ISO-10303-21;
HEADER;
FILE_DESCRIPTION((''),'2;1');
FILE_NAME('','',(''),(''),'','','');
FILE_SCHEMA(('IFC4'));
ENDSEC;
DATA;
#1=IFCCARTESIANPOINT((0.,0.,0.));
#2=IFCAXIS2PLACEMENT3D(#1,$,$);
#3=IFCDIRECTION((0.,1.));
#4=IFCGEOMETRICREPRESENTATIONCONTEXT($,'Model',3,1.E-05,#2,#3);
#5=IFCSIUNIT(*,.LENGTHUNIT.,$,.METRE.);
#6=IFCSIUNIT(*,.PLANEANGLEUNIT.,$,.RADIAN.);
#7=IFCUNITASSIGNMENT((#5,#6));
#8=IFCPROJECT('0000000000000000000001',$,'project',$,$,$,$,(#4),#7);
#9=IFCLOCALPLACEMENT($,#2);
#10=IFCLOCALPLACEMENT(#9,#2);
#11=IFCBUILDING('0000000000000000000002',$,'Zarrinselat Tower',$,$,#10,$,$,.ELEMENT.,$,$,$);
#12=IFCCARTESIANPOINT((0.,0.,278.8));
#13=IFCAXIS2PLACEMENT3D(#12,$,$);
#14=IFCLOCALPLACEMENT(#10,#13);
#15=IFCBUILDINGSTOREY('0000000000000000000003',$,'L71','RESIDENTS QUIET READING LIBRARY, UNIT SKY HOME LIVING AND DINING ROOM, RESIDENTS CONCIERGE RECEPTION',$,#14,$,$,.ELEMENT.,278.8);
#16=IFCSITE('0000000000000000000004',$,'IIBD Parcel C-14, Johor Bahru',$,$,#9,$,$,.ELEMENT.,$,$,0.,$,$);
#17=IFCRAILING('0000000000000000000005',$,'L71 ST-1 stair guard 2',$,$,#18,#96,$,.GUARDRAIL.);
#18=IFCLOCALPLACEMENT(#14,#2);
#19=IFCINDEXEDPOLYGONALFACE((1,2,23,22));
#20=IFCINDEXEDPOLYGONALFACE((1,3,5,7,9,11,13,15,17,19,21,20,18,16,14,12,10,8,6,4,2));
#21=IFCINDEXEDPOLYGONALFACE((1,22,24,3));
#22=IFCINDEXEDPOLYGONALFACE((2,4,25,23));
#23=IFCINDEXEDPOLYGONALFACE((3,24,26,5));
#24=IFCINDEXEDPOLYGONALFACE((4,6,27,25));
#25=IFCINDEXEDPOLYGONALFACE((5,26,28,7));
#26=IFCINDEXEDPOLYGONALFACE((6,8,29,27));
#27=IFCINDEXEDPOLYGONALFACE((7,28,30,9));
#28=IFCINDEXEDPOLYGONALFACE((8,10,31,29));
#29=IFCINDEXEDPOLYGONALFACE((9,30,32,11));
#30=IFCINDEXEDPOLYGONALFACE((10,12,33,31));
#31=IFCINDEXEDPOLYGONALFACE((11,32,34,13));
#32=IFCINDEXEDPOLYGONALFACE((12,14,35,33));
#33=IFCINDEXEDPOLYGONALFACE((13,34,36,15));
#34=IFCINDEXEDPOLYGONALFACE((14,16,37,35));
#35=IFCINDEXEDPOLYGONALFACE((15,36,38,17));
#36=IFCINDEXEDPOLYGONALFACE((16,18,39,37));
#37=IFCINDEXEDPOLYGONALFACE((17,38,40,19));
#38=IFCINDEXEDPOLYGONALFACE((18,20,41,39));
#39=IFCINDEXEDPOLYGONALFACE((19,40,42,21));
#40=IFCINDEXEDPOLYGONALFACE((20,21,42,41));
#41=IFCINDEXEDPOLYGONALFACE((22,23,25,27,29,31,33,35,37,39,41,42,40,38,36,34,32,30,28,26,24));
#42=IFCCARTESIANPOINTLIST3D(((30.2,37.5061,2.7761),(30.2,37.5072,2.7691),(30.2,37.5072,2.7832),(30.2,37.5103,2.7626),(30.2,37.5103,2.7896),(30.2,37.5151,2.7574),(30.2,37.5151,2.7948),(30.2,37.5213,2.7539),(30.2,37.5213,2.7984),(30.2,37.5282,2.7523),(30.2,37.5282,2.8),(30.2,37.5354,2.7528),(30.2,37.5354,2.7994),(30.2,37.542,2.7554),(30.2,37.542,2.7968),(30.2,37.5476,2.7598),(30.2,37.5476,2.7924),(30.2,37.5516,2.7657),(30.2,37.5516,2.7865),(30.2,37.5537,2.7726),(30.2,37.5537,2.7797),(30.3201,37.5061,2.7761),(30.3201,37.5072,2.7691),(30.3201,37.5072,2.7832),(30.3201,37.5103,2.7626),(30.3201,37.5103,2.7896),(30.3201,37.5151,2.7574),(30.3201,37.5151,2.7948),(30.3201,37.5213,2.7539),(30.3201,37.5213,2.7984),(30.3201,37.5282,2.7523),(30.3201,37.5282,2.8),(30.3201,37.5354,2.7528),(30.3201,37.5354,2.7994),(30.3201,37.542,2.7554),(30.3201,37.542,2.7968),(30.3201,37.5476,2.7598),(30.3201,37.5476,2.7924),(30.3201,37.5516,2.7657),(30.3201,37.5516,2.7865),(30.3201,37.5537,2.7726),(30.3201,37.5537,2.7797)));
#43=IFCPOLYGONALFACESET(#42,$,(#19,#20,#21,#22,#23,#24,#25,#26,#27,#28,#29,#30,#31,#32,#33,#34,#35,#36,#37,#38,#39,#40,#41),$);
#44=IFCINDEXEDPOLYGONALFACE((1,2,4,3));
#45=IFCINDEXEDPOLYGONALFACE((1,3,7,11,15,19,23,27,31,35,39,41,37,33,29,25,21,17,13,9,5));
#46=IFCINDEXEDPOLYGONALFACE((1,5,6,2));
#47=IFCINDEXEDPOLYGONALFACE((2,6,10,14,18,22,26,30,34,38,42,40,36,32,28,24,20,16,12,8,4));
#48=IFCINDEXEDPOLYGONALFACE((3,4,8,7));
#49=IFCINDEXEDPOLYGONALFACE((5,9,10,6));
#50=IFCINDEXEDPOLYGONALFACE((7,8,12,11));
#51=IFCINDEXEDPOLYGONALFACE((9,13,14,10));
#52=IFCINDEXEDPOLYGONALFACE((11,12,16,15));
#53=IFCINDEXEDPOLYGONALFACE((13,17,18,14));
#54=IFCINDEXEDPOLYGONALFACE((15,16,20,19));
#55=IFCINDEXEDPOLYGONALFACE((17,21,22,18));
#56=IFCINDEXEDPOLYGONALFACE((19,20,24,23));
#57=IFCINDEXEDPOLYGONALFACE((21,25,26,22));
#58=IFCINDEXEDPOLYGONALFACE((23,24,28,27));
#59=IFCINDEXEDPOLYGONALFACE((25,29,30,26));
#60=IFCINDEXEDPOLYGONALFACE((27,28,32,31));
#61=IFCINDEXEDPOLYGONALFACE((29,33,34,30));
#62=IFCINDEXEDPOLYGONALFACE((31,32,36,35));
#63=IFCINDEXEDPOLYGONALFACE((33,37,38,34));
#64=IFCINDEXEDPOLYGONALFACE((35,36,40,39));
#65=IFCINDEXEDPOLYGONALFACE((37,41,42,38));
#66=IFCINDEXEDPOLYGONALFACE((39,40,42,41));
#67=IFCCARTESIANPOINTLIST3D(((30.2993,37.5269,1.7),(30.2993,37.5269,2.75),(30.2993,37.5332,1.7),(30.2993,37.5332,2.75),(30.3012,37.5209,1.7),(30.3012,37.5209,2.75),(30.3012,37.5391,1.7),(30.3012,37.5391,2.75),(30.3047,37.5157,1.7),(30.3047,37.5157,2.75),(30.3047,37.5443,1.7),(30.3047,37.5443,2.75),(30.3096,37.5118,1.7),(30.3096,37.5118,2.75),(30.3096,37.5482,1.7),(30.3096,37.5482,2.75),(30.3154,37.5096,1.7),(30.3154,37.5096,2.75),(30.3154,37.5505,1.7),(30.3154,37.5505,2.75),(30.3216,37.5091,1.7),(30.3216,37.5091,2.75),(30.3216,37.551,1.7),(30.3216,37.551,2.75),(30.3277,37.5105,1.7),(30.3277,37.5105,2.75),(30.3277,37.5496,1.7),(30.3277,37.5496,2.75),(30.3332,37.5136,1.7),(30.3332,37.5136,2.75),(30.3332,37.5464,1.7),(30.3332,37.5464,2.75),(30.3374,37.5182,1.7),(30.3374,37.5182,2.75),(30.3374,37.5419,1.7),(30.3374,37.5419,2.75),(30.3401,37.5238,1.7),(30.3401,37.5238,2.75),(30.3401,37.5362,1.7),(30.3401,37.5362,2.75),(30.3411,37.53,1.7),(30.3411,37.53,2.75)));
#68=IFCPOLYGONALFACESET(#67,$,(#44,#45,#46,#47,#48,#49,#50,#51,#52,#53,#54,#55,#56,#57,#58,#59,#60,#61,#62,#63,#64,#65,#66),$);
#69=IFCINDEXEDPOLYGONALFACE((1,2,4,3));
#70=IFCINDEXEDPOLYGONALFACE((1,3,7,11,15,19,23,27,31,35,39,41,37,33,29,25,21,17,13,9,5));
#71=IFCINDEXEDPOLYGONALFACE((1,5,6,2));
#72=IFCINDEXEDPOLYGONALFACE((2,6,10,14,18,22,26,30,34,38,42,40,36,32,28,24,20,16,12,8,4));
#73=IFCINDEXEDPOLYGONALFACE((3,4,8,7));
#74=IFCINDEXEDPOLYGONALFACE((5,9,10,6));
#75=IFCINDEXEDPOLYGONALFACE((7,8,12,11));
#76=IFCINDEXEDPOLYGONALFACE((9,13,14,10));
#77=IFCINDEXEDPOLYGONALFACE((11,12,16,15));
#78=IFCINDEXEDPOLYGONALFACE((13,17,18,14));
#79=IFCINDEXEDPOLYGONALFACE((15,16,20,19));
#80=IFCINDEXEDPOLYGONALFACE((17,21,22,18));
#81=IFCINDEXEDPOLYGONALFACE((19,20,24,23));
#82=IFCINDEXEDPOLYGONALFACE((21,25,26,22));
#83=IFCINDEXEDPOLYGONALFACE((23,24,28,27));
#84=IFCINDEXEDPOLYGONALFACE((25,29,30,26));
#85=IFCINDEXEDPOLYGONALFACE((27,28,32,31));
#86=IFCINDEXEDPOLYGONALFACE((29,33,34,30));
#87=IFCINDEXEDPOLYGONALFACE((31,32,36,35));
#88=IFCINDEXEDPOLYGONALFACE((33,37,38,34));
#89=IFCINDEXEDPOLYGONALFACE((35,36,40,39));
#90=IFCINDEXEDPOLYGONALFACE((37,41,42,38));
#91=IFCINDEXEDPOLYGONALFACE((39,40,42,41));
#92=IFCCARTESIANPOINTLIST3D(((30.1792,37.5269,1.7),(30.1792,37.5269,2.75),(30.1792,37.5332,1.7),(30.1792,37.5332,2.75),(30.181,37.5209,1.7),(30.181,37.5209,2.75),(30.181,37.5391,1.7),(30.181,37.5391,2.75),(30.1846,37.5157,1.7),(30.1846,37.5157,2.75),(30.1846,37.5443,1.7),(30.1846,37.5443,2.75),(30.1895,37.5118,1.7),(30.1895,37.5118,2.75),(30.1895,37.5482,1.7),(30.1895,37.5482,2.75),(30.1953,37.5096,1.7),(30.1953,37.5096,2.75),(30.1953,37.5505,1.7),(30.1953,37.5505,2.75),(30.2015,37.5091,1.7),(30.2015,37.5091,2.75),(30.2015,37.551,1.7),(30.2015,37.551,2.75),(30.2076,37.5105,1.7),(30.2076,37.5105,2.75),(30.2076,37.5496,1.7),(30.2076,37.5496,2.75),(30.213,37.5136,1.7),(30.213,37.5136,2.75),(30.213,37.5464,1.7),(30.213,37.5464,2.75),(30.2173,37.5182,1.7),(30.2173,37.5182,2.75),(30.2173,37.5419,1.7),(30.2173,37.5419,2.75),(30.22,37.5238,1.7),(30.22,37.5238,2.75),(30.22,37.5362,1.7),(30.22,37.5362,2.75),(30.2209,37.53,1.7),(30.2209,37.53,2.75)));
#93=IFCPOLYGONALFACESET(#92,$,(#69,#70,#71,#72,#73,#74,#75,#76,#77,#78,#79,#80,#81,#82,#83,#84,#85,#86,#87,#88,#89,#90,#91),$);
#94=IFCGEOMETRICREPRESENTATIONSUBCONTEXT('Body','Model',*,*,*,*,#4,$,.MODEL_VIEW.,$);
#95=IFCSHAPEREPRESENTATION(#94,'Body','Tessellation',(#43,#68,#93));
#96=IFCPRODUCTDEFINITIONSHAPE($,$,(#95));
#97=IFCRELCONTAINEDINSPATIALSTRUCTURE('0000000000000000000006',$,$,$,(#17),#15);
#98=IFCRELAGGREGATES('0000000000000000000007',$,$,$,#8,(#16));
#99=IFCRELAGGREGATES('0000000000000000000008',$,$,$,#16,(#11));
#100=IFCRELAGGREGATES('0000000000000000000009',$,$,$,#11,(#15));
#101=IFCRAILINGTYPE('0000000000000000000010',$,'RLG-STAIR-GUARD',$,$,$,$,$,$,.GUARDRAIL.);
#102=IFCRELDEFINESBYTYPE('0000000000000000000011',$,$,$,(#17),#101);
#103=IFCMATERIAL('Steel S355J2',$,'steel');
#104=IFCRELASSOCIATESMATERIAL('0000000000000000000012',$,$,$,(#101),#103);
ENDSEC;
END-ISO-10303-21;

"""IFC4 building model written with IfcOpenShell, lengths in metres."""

from ifc_helpers import new_model, si_unit, direction, frame, origin, origin_2d, place, context, subcontext, project, spatial, circle, extrude, material, type_object, element, save


model = new_model("IFC4")

# Units and contexts
model_context = context("Model", 3, precision=1e-05, world=origin(), true_north=direction((0.0, 1.0)))
body_context = subcontext(model_context, "Body", "Model", "MODEL_VIEW")
ifc_project = project(units=[si_unit("LENGTHUNIT", "METRE"), si_unit("PLANEANGLEUNIT", "RADIAN")], contexts=[model_context])

# Site, building, storey
site_placement = place(None, origin())
site = spatial("IfcSite", under=ifc_project, at=site_placement, Name="IIBD Parcel C-14, Johor Bahru", CompositionType="ELEMENT", RefElevation=0.0)
building_placement = place(site_placement, origin())
building = spatial("IfcBuilding", under=site, at=building_placement, Name="Zarrinselat Tower", CompositionType="ELEMENT")
storey_placement = place(building_placement, frame((0.0, 0.0, 278.8)))
storey = spatial("IfcBuildingStorey", under=building, at=storey_placement, Name="L71", Description="RESIDENTS QUIET READING LIBRARY, UNIT SKY HOME LIVING AND DINING ROOM, RESIDENTS CONCIERGE RECEPTION", CompositionType="ELEMENT", Elevation=278.8)

# Railing
ifc_material_1 = material(Name="Steel S355J2", Category="steel")
railing_type = type_object("IfcRailingType", Name="RLG-STAIR-GUARD", PredefinedType="GUARDRAIL", material=ifc_material_1)
railing_1_placement = place(storey_placement, frame((30.3201, 37.53, 1.7)))
element("IfcRailing", 1, at=railing_1_placement, inside=storey, type_object=railing_type, Name="L71 ST-1 stair guard 2", PredefinedType="GUARDRAIL", context=body_context, shape_type="SweptSolid", body=[
    extrude(circle(Radius=0.0239, at=origin_2d()), frame((0.0, 0.0, 1.0762), z_axis=(-1.0, 0.0, 0.0), x_axis=(0.0, -1.0, 0.0)), (0.0, 0.0, 1.0), 0.1201),
    extrude(circle(Radius=0.021, at=origin_2d()), origin(), (0.0, 0.0, 1.0), 1.05),
    extrude(circle(Radius=0.021, at=origin_2d()), frame((-0.1201, 0.0, 0.0)), (0.0, 0.0, 1.0), 1.05),
])

save(model, "model.ifc")
